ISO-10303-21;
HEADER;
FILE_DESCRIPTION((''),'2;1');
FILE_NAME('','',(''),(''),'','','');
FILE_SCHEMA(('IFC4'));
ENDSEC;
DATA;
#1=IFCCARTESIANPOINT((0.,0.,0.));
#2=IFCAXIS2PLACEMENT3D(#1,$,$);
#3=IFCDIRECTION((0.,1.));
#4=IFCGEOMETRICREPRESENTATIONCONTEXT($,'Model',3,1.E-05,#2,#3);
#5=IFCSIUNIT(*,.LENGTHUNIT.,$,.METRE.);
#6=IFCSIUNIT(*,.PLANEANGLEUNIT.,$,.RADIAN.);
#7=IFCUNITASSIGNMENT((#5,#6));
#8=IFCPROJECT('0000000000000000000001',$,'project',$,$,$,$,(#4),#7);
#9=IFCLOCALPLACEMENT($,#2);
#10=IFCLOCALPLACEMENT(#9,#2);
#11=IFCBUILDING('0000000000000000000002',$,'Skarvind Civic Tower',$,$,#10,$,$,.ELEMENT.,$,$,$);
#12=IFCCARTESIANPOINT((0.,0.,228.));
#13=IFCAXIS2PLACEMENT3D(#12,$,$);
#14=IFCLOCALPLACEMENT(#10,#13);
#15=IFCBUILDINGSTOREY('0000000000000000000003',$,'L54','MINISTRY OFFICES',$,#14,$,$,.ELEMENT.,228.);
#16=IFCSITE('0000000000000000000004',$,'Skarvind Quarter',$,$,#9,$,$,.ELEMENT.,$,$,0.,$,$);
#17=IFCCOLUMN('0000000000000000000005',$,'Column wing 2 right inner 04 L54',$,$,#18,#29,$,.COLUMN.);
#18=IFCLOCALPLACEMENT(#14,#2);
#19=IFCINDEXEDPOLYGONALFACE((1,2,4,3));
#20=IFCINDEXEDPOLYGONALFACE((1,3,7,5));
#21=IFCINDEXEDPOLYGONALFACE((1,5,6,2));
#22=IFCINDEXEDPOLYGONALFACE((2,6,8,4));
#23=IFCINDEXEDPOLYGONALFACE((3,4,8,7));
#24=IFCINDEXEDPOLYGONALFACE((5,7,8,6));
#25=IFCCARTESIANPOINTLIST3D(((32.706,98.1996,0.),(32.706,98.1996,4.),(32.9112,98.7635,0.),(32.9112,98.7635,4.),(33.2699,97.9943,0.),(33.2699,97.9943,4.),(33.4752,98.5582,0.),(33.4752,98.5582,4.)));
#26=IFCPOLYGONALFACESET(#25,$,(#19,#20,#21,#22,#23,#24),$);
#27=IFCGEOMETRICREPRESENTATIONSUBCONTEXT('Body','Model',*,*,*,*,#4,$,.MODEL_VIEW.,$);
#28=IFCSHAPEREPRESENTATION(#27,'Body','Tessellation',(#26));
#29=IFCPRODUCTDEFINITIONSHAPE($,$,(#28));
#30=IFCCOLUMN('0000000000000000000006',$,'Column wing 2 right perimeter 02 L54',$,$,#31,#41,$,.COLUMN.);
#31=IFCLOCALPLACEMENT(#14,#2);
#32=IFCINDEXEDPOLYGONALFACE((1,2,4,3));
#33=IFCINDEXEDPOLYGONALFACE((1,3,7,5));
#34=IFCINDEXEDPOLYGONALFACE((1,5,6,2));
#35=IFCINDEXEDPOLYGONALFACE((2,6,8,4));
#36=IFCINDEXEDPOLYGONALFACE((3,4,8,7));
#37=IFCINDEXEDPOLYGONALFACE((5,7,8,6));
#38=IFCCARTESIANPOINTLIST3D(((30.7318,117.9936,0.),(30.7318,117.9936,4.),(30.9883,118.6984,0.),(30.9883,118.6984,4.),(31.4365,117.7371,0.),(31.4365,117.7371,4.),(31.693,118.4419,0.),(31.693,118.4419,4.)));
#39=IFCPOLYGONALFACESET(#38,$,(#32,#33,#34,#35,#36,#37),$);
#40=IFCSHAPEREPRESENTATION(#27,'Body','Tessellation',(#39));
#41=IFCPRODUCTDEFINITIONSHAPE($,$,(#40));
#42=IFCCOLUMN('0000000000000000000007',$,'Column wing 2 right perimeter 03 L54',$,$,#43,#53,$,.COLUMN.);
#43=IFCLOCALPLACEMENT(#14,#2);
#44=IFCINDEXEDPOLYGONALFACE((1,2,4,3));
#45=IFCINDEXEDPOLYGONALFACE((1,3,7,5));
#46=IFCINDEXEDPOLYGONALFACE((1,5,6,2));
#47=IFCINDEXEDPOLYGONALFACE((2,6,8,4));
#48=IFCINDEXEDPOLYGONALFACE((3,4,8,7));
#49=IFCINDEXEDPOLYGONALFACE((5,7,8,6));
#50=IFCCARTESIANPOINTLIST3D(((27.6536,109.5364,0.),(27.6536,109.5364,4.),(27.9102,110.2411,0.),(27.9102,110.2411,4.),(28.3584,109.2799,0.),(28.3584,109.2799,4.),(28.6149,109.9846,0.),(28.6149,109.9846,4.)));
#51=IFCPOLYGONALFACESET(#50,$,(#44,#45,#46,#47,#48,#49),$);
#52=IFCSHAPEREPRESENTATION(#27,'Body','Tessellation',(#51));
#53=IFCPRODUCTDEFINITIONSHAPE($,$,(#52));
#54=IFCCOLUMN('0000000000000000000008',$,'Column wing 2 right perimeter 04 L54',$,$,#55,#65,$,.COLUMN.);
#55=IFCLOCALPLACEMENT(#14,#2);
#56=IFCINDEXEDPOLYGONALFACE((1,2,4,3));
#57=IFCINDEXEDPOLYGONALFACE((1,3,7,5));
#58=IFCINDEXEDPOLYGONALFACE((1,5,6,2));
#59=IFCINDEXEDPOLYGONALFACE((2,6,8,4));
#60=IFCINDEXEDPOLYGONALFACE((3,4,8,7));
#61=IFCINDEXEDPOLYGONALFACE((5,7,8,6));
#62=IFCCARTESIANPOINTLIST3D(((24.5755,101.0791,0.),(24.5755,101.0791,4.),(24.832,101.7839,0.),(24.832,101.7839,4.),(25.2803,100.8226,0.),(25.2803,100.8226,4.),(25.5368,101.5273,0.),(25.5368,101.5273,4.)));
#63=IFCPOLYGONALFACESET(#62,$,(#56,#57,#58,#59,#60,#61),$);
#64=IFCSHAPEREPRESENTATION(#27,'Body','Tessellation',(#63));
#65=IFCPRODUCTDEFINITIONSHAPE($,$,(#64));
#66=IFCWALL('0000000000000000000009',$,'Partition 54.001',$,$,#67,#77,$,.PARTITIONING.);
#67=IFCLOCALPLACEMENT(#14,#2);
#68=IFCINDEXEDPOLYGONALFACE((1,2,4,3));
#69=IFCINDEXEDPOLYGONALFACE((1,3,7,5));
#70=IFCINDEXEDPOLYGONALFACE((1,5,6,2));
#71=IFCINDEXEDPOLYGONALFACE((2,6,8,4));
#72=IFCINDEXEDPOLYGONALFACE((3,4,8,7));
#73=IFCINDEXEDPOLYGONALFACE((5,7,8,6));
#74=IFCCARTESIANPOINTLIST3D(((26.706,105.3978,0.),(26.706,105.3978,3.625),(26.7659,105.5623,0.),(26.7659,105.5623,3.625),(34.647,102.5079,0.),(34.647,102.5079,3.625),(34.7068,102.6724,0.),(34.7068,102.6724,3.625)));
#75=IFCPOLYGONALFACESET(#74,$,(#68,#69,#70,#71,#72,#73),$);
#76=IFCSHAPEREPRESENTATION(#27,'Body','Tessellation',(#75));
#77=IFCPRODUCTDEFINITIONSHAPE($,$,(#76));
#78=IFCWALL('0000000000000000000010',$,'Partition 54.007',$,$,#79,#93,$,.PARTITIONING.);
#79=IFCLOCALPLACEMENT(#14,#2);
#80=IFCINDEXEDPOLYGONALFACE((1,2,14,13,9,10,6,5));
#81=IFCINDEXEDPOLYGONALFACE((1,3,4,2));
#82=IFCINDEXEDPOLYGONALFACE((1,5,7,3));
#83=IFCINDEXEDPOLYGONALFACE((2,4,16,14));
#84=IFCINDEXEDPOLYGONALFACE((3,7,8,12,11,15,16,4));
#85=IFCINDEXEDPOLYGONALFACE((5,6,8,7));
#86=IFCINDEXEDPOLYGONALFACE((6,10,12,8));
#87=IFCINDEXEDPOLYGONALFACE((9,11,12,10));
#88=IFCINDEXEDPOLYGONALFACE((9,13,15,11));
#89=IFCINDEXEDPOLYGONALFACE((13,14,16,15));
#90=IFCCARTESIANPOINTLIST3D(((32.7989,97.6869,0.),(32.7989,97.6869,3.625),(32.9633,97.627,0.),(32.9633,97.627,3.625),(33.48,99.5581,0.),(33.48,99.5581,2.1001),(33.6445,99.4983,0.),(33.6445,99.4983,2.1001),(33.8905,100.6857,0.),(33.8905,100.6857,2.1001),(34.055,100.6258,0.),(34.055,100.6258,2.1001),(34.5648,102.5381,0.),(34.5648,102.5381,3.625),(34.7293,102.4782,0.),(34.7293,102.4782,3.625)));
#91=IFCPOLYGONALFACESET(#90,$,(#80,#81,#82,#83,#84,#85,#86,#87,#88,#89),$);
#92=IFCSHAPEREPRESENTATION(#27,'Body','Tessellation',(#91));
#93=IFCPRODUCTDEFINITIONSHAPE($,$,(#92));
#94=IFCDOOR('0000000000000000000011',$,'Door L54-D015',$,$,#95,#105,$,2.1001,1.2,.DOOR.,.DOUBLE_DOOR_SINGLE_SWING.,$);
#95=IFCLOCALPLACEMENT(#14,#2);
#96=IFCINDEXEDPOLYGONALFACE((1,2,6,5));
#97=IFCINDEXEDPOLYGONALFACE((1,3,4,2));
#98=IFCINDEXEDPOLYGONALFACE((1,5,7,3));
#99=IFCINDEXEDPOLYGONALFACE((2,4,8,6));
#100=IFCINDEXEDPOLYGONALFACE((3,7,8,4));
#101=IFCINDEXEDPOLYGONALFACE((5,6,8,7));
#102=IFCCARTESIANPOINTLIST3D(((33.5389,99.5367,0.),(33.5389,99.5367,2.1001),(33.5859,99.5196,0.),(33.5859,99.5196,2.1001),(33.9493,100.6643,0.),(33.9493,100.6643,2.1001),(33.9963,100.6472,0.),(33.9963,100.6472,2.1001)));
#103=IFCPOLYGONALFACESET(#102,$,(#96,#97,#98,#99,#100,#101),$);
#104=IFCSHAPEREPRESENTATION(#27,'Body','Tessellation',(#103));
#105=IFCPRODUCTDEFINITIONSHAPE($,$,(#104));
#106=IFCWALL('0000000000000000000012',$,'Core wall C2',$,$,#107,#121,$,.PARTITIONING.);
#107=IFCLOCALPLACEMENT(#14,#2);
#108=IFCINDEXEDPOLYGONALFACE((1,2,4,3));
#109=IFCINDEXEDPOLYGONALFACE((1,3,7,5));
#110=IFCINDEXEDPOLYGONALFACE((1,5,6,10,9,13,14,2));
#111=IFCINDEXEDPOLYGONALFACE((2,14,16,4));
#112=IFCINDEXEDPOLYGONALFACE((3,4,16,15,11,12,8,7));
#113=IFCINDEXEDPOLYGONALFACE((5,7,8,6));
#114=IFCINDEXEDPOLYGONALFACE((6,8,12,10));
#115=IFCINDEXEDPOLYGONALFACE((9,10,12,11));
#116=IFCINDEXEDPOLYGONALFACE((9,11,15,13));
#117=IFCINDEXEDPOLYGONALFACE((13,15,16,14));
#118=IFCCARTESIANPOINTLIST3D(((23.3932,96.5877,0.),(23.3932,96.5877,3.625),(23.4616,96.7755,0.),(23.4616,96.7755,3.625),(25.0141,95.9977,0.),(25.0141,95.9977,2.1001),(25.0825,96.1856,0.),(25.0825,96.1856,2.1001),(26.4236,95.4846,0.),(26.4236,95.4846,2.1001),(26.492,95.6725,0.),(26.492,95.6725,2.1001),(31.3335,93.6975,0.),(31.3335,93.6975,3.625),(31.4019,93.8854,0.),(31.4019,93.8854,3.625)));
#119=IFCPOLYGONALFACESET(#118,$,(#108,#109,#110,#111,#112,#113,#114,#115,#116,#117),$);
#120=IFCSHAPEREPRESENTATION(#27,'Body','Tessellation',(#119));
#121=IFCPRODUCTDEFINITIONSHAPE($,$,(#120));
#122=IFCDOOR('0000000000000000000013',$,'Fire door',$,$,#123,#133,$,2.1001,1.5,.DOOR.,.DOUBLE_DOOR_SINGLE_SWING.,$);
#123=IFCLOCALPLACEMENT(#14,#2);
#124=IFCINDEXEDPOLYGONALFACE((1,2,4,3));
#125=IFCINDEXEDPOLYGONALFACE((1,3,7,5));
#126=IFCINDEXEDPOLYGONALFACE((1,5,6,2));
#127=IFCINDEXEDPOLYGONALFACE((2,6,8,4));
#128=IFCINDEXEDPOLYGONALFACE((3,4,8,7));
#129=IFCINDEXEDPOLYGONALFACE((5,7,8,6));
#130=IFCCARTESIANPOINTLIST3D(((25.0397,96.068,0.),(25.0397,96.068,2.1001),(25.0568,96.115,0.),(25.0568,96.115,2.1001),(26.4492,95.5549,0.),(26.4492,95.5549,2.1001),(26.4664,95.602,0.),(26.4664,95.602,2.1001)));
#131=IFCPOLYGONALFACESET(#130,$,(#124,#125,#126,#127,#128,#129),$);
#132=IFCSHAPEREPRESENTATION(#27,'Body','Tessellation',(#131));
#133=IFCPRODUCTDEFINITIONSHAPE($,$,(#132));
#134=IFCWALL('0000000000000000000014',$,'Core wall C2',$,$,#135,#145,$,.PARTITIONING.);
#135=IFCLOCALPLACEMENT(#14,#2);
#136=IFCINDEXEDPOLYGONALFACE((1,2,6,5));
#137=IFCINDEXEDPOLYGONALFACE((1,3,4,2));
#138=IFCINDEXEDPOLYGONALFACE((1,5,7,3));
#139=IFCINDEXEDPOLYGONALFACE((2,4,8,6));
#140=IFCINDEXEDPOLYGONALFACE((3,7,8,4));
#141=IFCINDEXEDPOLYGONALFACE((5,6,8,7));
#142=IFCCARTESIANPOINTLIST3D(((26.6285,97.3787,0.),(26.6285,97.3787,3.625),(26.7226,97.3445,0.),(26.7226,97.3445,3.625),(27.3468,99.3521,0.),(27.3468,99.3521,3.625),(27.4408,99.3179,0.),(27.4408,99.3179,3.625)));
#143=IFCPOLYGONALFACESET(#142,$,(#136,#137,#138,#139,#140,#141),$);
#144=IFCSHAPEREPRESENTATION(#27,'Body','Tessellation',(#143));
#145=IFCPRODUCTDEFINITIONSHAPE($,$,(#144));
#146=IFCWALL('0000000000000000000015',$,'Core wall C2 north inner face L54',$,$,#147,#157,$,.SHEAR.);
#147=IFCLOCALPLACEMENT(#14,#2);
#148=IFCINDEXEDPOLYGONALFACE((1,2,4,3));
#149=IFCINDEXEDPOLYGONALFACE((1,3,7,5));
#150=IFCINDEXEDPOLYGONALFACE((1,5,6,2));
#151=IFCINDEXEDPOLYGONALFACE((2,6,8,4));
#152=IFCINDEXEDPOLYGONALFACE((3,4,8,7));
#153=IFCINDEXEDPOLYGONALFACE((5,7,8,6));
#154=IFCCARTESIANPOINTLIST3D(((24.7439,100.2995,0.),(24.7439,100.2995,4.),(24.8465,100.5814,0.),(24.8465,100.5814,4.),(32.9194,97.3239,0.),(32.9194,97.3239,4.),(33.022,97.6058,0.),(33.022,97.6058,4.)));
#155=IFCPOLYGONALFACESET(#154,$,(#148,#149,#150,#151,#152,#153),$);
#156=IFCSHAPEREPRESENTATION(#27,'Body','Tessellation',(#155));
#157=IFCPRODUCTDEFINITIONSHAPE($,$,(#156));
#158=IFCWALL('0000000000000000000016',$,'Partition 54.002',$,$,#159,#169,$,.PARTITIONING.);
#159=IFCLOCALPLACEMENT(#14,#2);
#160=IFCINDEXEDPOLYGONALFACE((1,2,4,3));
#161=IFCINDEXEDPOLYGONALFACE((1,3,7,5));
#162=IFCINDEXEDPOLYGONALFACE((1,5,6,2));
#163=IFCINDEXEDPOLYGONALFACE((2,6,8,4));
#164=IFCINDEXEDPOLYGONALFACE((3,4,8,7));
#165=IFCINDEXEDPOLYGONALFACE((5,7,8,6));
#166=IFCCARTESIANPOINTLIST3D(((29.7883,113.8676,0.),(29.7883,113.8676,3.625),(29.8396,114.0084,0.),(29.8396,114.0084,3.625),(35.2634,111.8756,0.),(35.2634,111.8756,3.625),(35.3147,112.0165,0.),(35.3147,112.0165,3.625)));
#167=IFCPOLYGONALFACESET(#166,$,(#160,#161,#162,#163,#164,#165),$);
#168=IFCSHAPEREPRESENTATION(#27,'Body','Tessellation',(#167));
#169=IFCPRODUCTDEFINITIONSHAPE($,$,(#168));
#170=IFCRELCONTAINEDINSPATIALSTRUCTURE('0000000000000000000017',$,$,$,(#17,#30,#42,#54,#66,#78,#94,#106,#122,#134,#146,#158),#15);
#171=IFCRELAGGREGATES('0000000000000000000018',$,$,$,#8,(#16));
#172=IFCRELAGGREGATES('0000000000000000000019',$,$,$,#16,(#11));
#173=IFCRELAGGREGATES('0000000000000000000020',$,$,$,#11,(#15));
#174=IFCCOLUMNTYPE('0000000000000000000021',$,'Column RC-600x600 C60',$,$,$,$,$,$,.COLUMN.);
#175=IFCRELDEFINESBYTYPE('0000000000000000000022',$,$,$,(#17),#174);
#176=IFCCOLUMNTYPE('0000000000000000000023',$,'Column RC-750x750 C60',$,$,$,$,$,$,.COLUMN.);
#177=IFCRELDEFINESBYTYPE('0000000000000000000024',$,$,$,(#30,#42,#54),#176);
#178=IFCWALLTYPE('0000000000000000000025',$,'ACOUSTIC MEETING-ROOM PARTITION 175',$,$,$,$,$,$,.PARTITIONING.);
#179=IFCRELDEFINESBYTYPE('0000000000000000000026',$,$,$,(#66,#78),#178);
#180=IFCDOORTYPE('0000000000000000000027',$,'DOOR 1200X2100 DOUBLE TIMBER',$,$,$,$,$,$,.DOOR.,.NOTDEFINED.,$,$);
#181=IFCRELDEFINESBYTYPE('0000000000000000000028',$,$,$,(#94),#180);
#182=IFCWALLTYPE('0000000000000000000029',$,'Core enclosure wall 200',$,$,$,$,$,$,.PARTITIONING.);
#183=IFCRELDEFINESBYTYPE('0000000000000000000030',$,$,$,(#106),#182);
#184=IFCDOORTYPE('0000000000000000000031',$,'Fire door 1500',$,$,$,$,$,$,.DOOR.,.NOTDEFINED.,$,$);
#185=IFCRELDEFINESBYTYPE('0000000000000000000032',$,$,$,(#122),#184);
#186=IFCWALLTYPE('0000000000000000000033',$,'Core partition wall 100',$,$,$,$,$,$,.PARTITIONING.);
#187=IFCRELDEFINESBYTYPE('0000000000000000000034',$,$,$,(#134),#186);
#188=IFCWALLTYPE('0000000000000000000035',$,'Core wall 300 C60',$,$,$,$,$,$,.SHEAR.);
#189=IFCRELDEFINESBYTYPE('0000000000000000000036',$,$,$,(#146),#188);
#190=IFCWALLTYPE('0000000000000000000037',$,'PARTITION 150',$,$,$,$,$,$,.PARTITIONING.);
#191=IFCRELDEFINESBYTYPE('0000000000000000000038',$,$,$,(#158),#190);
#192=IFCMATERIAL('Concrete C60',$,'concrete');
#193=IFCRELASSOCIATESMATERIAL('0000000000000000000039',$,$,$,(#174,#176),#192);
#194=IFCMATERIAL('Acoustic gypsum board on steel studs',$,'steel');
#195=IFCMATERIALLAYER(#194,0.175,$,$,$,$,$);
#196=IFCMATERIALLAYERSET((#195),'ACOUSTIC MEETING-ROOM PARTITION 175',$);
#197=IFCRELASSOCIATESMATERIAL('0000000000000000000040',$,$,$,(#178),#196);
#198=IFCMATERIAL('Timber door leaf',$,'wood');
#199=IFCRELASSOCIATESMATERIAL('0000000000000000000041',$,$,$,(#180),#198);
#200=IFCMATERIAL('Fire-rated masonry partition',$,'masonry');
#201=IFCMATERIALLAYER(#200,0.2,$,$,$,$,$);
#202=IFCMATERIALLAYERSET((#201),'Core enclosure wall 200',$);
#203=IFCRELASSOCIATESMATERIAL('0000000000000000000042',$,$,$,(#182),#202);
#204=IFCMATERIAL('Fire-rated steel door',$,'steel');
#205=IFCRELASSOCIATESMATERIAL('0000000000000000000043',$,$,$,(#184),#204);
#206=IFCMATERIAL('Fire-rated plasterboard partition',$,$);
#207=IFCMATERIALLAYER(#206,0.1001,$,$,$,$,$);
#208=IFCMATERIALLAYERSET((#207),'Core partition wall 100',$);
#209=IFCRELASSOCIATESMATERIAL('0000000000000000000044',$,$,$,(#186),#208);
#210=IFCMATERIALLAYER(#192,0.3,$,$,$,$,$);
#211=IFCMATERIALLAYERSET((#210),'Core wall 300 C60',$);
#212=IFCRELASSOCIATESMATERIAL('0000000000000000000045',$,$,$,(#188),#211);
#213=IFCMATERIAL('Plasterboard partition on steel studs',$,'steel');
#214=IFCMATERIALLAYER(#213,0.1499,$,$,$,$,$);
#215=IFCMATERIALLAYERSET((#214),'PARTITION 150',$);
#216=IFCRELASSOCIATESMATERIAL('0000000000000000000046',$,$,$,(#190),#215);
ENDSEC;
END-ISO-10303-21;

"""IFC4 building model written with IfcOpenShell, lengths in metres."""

from ifc_helpers import new_model, si_unit, direction, frame, frame_2d, origin, origin_2d, place, context, subcontext, project, spatial, rectangle, extrude, material, layer, layer_set, material_profile, profile_set, type_object, element, fill, save


model = new_model("IFC4")

# Units and contexts
model_context = context("Model", 3, precision=1e-05, world=origin(), true_north=direction((0.0, 1.0)))
body_context = subcontext(model_context, "Body", "Model", "MODEL_VIEW")
ifc_project = project(units=[si_unit("LENGTHUNIT", "METRE"), si_unit("PLANEANGLEUNIT", "RADIAN")], contexts=[model_context])

# Site, building, storey
site_placement = place(None, origin())
site = spatial("IfcSite", under=ifc_project, at=site_placement, Name="Skarvind Quarter", CompositionType="ELEMENT", RefElevation=0.0)
building_placement = place(site_placement, origin())
building = spatial("IfcBuilding", under=site, at=building_placement, Name="Skarvind Civic Tower", CompositionType="ELEMENT")
storey_placement = place(building_placement, frame((0.0, 0.0, 228.0)))
storey = spatial("IfcBuildingStorey", under=building, at=storey_placement, Name="L54", Description="MINISTRY OFFICES", CompositionType="ELEMENT", Elevation=228.0)

# Columns
ifc_material_1 = material(Name="Concrete C60", Category="concrete")
ifc_material_profile_1 = material_profile(ifc_material_1, rectangle(XDim=0.6001, YDim=0.6001, at=origin_2d()), Name="RC-600x600")
ifc_profile_set_1 = profile_set([ifc_material_profile_1], Name="Concrete C60")
column_type_1 = type_object("IfcColumnType", Name="Column RC-600x600 C60", PredefinedType="COLUMN", material=ifc_profile_set_1)
column_placement = place(storey_placement, frame((33.0906, 98.3789, 0.0), z_axis=(0.0, 0.0, 1.0), x_axis=(-0.34202, -0.939693, 0.0)))
element("IfcColumn", 1, at=column_placement, inside=storey, type_object=column_type_1, Name="Column wing 2 right inner 04 L54", PredefinedType="COLUMN", context=body_context, shape_type="SweptSolid", body=[
    extrude(rectangle(XDim=0.6001, YDim=0.6001, at=origin_2d()), origin(), (0.0, 0.0, 1.0), 4.0),
])
ifc_material_profile_2 = material_profile(ifc_material_1, rectangle(XDim=0.75, YDim=0.75, at=origin_2d()), Name="RC-750x750")
ifc_profile_set_2 = profile_set([ifc_material_profile_2], Name="Concrete C60")
column_type_2 = type_object("IfcColumnType", Name="Column RC-750x750 C60", PredefinedType="COLUMN", material=ifc_profile_set_2)
for number, where, z_axis, x_axis, name in (
    (2, (31.2124, 118.2178, 0.0), (0.0, 0.0, 1.0), (-0.34202, -0.939693, 0.0), "Column wing 2 right perimeter 02 L54"),
    (3, (28.1343, 109.7605, 0.0), (0.0, 0.0, 1.0), (-0.34202, -0.939693, 0.0), "Column wing 2 right perimeter 03 L54"),
    (4, (25.0562, 101.3032, 0.0), (0.0, 0.0, 1.0), (-0.34202, -0.939693, 0.0), "Column wing 2 right perimeter 04 L54"),
):
    element("IfcColumn", number, at=place(storey_placement, frame(where, z_axis=z_axis, x_axis=x_axis)), inside=storey, type_object=column_type_2, Name=name, PredefinedType="COLUMN", context=body_context, shape_type="SweptSolid", body=[
        extrude(rectangle(XDim=0.75, YDim=0.75, at=origin_2d()), origin(), (0.0, 0.0, 1.0), 4.0),
    ])

# Wall
ifc_material_2 = material(Name="Acoustic gypsum board on steel studs", Category="steel")
ifc_layer_1 = layer(ifc_material_2, 0.175)
ifc_layer_set_1 = layer_set([ifc_layer_1], Name="ACOUSTIC MEETING-ROOM PARTITION 175")
wall_type_1 = type_object("IfcWallType", Name="ACOUSTIC MEETING-ROOM PARTITION 175", PredefinedType="PARTITIONING", material=ifc_layer_set_1)
wall_1_placement = place(storey_placement, frame((26.7361, 105.48, 0.0), z_axis=(0.0, 0.0, 1.0), x_axis=(0.939707, -0.341982, 0.0)))
element("IfcWall", 5, at=wall_1_placement, inside=storey, type_object=wall_type_1, Name="Partition 54.001", PredefinedType="PARTITIONING", context=body_context, shape_type="SweptSolid", body=[
    extrude(rectangle(XDim=8.4504, YDim=0.175, at=frame_2d((4.2251, 0.0))), origin(), (0.0, 0.0, 1.0), 3.625),
])

# Walls, openings, doors
wall_2_placement = place(storey_placement, frame((32.8811, 97.657, 0.0), z_axis=(0.0, 0.0, 1.0), x_axis=(0.342058, 0.939679, 0.0)))
wall_2 = element("IfcWall", 6, at=wall_2_placement, inside=storey, type_object=wall_type_1, Name="Partition 54.007", PredefinedType="PARTITIONING", context=body_context, shape_type="SweptSolid", body=[
    extrude(rectangle(XDim=5.1626, YDim=0.175, at=frame_2d((2.5813, 0.0))), origin(), (0.0, 0.0, 1.0), 3.625),
])
opening_1_placement = place(wall_2_placement, frame((1.9912, 0.0, 0.0)))
opening_1 = element("IfcOpeningElement", 7, at=opening_1_placement, cuts=wall_2, PredefinedType="OPENING", context=body_context, shape_type="SweptSolid", body=[
    extrude(rectangle(XDim=1.2, YDim=2.1001, at=frame_2d((0.6001, 1.05))), frame((0.0, 0.0974, 0.0), z_axis=(0.0, -1.0, 0.0), x_axis=(1.0, 0.0, 0.0)), (0.0, 0.0, 1.0), 0.1951),
])
ifc_material_3 = material(Name="Timber door leaf", Category="wood")
door_type_1 = type_object("IfcDoorType", Name="DOOR 1200X2100 DOUBLE TIMBER", OperationType="NOTDEFINED", PredefinedType="DOOR", material=ifc_material_3)
door_1_placement = place(opening_1_placement, origin())
door_1 = element("IfcDoor", 8, at=door_1_placement, inside=storey, type_object=door_type_1, Name="Door L54-D015", OperationType="DOUBLE_DOOR_SINGLE_SWING", OverallHeight=2.1001, OverallWidth=1.2, PredefinedType="DOOR", context=body_context, shape_type="SweptSolid", body=[
    extrude(rectangle(XDim=1.2, YDim=2.1001, at=frame_2d((0.6001, 1.05))), frame((0.0, 0.0249, 0.0), z_axis=(0.0, -1.0, 0.0), x_axis=(1.0, 0.0, 0.0)), (0.0, 0.0, 1.0), 0.05),
])
fill(opening_1, door_1)
ifc_material_4 = material(Name="Fire-rated masonry partition", Category="masonry")
ifc_layer_2 = layer(ifc_material_4, 0.2)
ifc_layer_set_2 = layer_set([ifc_layer_2], Name="Core enclosure wall 200")
wall_type_2 = type_object("IfcWallType", Name="Core enclosure wall 200", PredefinedType="PARTITIONING", material=ifc_layer_set_2)
wall_3_placement = place(storey_placement, frame((23.4272, 96.6816, 0.0), z_axis=(0.0, 0.0, 1.0), x_axis=(0.93969, -0.342026, 0.0)))
wall_3 = element("IfcWall", 9, at=wall_3_placement, inside=storey, type_object=wall_type_2, Name="Core wall C2", PredefinedType="PARTITIONING", context=body_context, shape_type="SweptSolid", body=[
    extrude(rectangle(XDim=8.45, YDim=0.2, at=frame_2d((4.2251, 0.0))), origin(), (0.0, 0.0, 1.0), 3.625),
])
opening_2_placement = place(wall_3_placement, frame((1.7251, 0.0, 0.0)))
opening_2 = element("IfcOpeningElement", 10, at=opening_2_placement, cuts=wall_3, PredefinedType="OPENING", context=body_context, shape_type="SweptSolid", body=[
    extrude(rectangle(XDim=1.5, YDim=2.1001, at=frame_2d((0.75, 1.05))), frame((0.0, 0.1099, 0.0), z_axis=(0.0, -1.0, 0.0), x_axis=(1.0, 0.0, 0.0)), (0.0, 0.0, 1.0), 0.22),
])
ifc_material_5 = material(Name="Fire-rated steel door", Category="steel")
door_type_2 = type_object("IfcDoorType", Name="Fire door 1500", OperationType="NOTDEFINED", PredefinedType="DOOR", material=ifc_material_5)
door_2_placement = place(opening_2_placement, origin())
door_2 = element("IfcDoor", 11, at=door_2_placement, inside=storey, type_object=door_type_2, Name="Fire door", OperationType="DOUBLE_DOOR_SINGLE_SWING", OverallHeight=2.1001, OverallWidth=1.5, PredefinedType="DOOR", context=body_context, shape_type="SweptSolid", body=[
    extrude(rectangle(XDim=1.5, YDim=2.1001, at=frame_2d((0.75, 1.05))), frame((0.0, 0.0249, 0.0), z_axis=(0.0, -1.0, 0.0), x_axis=(1.0, 0.0, 0.0)), (0.0, 0.0, 1.0), 0.05),
])
fill(opening_2, door_2)

# Walls
ifc_material_6 = material(Name="Fire-rated plasterboard partition")
ifc_layer_3 = layer(ifc_material_6, 0.1001)
ifc_layer_set_3 = layer_set([ifc_layer_3], Name="Core partition wall 100")
wall_type_3 = type_object("IfcWallType", Name="Core partition wall 100", PredefinedType="PARTITIONING", material=ifc_layer_set_3)
wall_4_placement = place(storey_placement, frame((26.6755, 97.3616, 0.0), z_axis=(0.0, 0.0, 1.0), x_axis=(0.342023, 0.939692, 0.0)))
element("IfcWall", 12, at=wall_4_placement, inside=storey, type_object=wall_type_3, Name="Core wall C2", PredefinedType="PARTITIONING", context=body_context, shape_type="SweptSolid", body=[
    extrude(rectangle(XDim=2.1001, YDim=0.1001, at=frame_2d((1.05, 0.0))), origin(), (0.0, 0.0, 1.0), 3.625),
])
ifc_layer_4 = layer(ifc_material_1, 0.3)
ifc_layer_set_4 = layer_set([ifc_layer_4], Name="Core wall 300 C60")
wall_type_4 = type_object("IfcWallType", Name="Core wall 300 C60", PredefinedType="SHEAR", material=ifc_layer_set_4)
wall_5_placement = place(storey_placement, frame((32.9707, 97.4648, 0.0), z_axis=(0.0, 0.0, 1.0), x_axis=(-0.939695, 0.342013, 0.0)))
element("IfcWall", 13, at=wall_5_placement, inside=storey, type_object=wall_type_4, Name="Core wall C2 north inner face L54", PredefinedType="SHEAR", context=body_context, shape_type="SweptSolid", body=[
    extrude(rectangle(XDim=8.7002, YDim=0.3, at=frame_2d((4.3501, 0.0))), origin(), (0.0, 0.0, 1.0), 4.0),
])
ifc_material_7 = material(Name="Plasterboard partition on steel studs", Category="steel")
ifc_layer_5 = layer(ifc_material_7, 0.1499)
ifc_layer_set_5 = layer_set([ifc_layer_5], Name="PARTITION 150")
wall_type_5 = type_object("IfcWallType", Name="PARTITION 150", PredefinedType="PARTITIONING", material=ifc_layer_set_5)
wall_6_placement = place(storey_placement, frame((29.814, 113.938, 0.0), z_axis=(0.0, 0.0, 1.0), x_axis=(0.939738, -0.341894, 0.0)))
element("IfcWall", 14, at=wall_6_placement, inside=storey, type_object=wall_type_5, Name="Partition 54.002", PredefinedType="PARTITIONING", context=body_context, shape_type="SweptSolid", body=[
    extrude(rectangle(XDim=5.8262, YDim=0.1499, at=frame_2d((2.9131, 0.0))), origin(), (0.0, 0.0, 1.0), 3.625),
])

save(model, "model.ifc")
